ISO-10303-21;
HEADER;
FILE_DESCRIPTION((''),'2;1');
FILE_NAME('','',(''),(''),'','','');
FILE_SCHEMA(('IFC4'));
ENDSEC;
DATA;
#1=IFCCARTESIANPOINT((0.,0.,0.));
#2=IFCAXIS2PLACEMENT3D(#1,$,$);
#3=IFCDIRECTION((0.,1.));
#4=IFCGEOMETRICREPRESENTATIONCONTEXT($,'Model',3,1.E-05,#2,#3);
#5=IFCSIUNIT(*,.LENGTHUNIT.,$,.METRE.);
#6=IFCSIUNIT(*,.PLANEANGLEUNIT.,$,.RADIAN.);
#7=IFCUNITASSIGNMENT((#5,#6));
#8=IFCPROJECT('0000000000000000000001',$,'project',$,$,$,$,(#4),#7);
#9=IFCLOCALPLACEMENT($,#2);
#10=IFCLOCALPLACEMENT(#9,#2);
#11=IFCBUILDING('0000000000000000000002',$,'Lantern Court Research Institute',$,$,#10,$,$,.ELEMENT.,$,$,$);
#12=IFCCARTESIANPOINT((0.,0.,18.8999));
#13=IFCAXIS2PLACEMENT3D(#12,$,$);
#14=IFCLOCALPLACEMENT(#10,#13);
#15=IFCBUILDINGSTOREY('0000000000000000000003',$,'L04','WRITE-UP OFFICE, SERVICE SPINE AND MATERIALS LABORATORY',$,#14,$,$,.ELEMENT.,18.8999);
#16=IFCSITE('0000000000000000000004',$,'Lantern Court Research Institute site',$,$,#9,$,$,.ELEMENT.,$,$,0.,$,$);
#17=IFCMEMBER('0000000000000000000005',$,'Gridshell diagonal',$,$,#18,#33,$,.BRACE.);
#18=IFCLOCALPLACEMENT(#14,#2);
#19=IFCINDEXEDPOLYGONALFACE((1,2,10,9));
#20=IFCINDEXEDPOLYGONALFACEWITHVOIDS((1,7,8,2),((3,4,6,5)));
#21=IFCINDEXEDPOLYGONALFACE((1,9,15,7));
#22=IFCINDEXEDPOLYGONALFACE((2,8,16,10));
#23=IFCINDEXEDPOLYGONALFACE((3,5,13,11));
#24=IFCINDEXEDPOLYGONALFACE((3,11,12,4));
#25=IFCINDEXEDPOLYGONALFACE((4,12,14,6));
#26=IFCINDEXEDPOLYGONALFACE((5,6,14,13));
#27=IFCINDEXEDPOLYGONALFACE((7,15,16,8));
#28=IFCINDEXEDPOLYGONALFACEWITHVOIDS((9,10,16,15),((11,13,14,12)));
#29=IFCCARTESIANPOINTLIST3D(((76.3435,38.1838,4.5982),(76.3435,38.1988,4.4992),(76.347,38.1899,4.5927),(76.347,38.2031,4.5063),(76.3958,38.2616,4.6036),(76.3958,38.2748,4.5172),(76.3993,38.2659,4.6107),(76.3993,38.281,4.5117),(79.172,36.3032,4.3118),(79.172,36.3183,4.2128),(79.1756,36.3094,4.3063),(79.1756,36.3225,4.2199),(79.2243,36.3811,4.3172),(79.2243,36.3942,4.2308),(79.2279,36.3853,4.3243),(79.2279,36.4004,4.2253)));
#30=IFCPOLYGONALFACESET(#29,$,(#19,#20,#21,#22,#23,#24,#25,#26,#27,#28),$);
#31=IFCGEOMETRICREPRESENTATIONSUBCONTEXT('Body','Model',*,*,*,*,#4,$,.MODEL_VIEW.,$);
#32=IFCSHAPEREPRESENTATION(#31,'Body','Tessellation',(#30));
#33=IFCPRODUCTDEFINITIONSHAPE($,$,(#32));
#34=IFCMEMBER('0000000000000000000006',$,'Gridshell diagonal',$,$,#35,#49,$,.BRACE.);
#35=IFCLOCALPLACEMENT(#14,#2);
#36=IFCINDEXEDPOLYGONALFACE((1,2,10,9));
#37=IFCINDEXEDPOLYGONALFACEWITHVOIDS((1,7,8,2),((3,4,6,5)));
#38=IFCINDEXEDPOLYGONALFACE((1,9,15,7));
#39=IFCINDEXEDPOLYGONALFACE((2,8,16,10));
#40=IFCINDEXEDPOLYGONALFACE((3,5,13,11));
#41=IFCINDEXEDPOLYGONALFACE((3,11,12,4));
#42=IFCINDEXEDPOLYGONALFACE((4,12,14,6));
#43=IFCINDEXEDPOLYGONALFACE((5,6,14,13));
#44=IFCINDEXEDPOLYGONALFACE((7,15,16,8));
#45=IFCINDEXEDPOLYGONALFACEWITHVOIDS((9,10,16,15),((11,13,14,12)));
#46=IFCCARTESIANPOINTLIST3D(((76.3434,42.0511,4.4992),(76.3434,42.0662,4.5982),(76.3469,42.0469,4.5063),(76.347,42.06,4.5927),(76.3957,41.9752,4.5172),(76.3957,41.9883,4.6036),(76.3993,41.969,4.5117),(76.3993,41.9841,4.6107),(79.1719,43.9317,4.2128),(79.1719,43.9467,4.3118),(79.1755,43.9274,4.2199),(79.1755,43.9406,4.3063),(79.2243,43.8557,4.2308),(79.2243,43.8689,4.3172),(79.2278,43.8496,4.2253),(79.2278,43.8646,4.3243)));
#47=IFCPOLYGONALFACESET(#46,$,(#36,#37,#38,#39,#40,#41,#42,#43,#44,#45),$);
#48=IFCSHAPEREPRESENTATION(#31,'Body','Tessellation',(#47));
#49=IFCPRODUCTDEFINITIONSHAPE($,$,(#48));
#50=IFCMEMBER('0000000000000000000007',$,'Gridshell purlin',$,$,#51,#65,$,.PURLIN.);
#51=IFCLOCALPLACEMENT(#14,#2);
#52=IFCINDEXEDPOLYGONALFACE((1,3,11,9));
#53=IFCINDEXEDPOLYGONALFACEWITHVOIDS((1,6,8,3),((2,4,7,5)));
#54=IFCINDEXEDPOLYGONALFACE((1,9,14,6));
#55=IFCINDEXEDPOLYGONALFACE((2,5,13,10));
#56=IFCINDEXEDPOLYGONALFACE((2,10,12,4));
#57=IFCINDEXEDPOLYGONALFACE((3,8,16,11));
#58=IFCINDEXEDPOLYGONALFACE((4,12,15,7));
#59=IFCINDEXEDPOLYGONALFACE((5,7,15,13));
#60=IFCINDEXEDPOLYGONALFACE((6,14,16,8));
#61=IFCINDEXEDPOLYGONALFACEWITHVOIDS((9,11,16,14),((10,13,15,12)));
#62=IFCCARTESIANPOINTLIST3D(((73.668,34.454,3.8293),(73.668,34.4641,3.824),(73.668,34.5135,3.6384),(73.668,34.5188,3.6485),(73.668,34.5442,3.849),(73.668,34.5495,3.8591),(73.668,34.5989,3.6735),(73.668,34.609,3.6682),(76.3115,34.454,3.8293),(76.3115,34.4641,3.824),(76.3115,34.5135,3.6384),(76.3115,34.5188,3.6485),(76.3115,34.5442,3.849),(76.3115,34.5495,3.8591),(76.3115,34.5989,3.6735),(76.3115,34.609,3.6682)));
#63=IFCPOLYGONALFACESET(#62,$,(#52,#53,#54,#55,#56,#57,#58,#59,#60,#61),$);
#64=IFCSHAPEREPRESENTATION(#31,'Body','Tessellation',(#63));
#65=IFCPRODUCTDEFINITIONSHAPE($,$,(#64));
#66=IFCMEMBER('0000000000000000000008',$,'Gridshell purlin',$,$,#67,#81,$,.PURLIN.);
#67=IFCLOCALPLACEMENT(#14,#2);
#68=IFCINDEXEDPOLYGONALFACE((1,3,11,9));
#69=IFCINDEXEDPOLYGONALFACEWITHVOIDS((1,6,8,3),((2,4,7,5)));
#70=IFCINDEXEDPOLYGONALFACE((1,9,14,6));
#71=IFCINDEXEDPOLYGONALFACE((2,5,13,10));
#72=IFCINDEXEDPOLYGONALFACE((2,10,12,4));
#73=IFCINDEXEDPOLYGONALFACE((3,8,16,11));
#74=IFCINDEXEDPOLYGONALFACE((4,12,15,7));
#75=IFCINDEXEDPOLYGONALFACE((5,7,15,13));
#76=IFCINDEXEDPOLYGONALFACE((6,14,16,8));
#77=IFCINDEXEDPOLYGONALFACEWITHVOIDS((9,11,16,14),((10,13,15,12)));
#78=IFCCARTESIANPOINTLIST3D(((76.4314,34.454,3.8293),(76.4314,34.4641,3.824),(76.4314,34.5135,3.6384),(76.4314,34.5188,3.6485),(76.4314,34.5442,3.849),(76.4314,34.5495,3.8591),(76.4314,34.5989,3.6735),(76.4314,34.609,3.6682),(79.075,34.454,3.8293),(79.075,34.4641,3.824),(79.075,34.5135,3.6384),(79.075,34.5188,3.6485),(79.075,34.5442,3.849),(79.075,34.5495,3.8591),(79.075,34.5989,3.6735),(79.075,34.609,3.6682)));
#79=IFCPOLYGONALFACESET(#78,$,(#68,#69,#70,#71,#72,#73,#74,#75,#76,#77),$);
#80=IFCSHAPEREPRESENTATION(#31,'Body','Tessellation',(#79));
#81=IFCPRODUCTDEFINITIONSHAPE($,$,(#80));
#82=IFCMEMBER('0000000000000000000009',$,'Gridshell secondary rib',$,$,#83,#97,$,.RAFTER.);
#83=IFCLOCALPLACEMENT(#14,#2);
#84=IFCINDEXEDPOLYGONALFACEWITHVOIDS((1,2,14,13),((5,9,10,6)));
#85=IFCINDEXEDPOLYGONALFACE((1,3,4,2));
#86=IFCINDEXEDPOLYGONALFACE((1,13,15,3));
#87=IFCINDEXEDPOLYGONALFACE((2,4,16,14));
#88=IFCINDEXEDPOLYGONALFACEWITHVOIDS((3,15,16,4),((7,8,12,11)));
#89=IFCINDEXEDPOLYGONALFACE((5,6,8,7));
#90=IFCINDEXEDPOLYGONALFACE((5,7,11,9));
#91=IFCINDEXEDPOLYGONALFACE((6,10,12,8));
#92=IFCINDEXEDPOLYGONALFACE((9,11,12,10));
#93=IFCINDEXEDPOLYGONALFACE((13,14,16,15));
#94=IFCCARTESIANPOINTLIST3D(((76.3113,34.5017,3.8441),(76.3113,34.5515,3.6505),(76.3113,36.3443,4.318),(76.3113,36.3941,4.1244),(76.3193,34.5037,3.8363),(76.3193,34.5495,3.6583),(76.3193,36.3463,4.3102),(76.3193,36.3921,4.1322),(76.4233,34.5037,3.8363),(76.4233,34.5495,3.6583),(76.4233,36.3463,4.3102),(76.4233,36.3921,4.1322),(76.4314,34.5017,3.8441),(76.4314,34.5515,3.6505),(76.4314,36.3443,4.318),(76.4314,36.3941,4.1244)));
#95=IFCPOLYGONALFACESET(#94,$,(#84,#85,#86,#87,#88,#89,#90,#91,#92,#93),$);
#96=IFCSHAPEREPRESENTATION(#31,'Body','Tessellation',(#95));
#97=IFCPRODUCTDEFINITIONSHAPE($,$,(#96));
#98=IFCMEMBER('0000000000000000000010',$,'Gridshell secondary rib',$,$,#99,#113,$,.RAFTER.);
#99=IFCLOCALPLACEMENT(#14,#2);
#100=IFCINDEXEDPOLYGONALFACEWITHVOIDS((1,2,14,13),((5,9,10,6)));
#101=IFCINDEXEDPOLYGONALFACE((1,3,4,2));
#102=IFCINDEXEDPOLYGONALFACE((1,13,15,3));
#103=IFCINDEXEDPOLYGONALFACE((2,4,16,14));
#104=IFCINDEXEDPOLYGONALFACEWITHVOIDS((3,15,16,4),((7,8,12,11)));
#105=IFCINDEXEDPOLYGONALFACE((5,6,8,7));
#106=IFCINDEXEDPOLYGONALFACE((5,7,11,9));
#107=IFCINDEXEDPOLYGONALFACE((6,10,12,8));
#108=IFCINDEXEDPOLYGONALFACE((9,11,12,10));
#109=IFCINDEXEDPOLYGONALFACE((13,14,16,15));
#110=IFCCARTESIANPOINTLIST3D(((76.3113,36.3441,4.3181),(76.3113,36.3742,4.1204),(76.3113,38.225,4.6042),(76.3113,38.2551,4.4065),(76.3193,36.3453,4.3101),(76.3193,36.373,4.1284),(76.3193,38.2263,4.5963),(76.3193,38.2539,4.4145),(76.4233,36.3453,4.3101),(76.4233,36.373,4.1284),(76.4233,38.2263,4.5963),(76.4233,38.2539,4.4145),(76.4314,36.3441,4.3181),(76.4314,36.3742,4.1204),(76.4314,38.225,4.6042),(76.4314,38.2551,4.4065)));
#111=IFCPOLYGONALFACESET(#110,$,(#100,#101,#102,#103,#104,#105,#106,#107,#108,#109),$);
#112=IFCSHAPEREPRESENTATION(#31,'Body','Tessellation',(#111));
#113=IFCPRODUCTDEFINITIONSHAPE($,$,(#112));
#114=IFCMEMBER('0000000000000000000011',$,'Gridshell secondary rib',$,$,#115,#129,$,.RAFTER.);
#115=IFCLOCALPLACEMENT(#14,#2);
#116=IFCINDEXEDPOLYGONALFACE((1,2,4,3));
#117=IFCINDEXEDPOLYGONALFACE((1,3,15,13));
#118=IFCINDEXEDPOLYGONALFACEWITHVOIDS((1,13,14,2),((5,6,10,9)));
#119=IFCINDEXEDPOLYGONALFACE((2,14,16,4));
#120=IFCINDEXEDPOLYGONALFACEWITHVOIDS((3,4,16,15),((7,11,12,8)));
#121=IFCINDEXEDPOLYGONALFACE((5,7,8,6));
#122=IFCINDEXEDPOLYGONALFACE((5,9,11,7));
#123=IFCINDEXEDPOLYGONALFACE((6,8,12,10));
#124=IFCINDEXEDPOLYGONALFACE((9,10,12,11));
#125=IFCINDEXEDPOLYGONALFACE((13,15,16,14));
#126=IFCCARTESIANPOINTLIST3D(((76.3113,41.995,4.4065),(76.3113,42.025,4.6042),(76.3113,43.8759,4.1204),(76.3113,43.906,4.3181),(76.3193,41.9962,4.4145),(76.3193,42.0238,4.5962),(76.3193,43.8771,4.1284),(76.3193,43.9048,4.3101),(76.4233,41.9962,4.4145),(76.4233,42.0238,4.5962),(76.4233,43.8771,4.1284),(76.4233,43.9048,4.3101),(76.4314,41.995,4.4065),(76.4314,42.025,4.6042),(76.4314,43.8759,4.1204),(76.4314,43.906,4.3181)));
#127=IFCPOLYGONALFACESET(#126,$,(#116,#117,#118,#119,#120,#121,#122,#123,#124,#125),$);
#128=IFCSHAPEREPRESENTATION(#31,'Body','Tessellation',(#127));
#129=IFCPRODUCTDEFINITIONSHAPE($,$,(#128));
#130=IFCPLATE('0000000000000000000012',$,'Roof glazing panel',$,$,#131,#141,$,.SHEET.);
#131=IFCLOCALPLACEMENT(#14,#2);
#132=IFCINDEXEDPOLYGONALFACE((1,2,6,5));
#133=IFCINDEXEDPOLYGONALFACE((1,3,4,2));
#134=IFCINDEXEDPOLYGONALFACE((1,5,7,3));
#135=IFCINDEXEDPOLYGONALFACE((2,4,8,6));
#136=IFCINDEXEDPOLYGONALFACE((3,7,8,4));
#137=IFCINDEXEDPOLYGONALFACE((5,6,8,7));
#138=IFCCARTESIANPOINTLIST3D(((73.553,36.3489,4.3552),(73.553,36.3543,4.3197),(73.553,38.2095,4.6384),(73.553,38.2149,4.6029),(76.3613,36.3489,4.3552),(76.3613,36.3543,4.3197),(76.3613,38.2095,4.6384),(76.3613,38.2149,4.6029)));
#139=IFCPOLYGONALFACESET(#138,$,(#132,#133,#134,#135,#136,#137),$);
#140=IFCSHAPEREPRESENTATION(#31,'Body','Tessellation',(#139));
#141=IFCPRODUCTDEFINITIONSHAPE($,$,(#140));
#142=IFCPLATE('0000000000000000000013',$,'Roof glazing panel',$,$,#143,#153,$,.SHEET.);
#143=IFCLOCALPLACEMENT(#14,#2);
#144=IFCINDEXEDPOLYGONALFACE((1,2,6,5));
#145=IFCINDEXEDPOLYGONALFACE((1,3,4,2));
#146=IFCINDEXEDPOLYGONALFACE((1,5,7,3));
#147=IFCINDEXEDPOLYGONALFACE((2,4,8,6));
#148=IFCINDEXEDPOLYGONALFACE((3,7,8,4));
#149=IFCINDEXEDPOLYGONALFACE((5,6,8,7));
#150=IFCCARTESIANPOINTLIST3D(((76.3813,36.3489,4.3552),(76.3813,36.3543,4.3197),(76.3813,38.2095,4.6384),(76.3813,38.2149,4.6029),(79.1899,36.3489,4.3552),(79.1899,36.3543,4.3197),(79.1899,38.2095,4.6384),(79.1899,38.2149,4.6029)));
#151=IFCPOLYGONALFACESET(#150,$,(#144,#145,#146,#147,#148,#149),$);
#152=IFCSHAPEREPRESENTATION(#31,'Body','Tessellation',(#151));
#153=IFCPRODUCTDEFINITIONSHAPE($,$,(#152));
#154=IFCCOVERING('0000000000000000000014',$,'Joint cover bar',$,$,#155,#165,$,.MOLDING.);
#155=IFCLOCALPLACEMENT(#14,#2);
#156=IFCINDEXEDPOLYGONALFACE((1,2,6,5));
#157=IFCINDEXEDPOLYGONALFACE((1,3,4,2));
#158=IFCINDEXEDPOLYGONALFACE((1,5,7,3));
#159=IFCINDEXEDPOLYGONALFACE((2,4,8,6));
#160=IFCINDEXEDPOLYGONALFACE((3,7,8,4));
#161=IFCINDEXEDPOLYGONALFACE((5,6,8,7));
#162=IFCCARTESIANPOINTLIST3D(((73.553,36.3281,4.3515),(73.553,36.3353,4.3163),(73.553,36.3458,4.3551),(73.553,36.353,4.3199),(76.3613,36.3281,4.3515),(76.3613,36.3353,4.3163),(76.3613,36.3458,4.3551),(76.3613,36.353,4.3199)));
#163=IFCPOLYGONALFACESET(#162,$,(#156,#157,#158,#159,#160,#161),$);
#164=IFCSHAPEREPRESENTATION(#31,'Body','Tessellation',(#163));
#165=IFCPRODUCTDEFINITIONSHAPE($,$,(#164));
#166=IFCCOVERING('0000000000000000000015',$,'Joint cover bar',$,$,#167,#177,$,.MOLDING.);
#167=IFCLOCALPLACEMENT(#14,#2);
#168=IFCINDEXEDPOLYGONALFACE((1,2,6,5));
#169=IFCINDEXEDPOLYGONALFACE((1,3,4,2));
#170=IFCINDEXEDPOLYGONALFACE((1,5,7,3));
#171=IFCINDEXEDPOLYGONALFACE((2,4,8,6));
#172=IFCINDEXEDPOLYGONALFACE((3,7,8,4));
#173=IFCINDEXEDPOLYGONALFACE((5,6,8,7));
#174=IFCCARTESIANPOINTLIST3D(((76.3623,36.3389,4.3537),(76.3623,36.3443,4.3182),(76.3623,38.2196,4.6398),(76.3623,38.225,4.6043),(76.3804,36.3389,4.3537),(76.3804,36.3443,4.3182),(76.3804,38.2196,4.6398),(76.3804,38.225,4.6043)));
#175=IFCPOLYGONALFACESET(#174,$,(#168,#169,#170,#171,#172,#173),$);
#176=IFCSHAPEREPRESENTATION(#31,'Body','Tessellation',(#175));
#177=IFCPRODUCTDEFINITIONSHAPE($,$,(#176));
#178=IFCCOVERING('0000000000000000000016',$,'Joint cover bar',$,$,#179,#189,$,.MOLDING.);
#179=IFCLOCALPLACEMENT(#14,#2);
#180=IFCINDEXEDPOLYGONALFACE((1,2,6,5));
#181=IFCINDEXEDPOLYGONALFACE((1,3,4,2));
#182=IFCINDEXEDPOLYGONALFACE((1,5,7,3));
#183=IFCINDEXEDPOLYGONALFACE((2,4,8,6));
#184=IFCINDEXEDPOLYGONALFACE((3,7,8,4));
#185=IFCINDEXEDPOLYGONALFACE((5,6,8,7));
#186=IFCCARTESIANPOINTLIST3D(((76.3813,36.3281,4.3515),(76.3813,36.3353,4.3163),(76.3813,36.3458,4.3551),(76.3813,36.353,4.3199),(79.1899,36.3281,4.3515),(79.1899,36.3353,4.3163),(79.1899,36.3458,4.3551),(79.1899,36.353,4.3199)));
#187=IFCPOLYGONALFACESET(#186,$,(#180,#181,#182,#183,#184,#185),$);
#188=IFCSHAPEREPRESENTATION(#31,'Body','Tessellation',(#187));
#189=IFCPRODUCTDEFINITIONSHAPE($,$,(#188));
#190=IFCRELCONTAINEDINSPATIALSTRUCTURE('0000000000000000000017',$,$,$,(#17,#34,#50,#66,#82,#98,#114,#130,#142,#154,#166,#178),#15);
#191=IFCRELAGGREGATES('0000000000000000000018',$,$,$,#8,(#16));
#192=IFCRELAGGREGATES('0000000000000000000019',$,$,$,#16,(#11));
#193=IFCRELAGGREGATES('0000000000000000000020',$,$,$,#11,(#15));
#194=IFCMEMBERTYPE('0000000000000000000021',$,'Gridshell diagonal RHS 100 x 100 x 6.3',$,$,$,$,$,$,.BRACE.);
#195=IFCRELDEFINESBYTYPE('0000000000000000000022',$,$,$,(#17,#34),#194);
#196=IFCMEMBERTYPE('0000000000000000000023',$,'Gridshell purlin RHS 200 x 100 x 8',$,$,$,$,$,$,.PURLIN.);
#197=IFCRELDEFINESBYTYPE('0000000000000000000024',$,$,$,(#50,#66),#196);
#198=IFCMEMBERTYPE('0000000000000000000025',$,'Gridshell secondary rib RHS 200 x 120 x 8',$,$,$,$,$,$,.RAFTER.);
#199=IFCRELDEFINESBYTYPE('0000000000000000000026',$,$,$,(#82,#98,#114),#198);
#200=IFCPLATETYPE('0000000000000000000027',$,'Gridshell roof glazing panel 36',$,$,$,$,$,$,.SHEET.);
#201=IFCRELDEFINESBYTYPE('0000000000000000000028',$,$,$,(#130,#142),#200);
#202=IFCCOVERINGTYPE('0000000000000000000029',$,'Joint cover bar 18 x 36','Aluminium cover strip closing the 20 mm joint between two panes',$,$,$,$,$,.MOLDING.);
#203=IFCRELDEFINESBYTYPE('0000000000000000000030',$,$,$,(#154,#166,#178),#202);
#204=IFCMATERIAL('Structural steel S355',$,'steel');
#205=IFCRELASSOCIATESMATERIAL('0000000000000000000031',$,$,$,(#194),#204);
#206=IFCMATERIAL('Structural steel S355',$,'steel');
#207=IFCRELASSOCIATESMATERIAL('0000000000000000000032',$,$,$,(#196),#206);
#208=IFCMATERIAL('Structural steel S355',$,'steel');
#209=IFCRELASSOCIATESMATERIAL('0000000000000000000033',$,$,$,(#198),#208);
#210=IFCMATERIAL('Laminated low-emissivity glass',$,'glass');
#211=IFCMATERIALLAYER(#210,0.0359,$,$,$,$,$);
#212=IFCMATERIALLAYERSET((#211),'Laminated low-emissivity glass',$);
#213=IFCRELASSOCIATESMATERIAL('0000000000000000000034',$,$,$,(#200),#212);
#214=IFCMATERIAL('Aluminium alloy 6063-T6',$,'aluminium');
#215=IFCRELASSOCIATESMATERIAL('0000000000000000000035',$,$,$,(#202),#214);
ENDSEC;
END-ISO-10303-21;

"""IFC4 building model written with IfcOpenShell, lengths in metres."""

from ifc_helpers import new_model, si_unit, direction, frame, origin, origin_2d, place, context, subcontext, project, spatial, polyline, rectangle, hollow_rectangle, outline, extrude, material, layer, layer_set, material_profile, profile_set, type_object, element, save


model = new_model("IFC4")

# Units and contexts
model_context = context("Model", 3, precision=1e-05, world=origin(), true_north=direction((0.0, 1.0)))
body_context = subcontext(model_context, "Body", "Model", "MODEL_VIEW")
ifc_project = project(units=[si_unit("LENGTHUNIT", "METRE"), si_unit("PLANEANGLEUNIT", "RADIAN")], contexts=[model_context])

# Site, building, storey
site_placement = place(None, origin())
site = spatial("IfcSite", under=ifc_project, at=site_placement, Name="Lantern Court Research Institute site", CompositionType="ELEMENT", RefElevation=0.0)
building_placement = place(site_placement, origin())
building = spatial("IfcBuilding", under=site, at=building_placement, Name="Lantern Court Research Institute", CompositionType="ELEMENT")
storey_placement = place(building_placement, frame((0.0, 0.0, 18.8999)))
storey = spatial("IfcBuildingStorey", under=building, at=storey_placement, Name="L04", Description="WRITE-UP OFFICE, SERVICE SPINE AND MATERIALS LABORATORY", CompositionType="ELEMENT", Elevation=18.8999)

# Members
ifc_material_1 = material(Name="Structural steel S355", Category="steel")
ifc_material_profile_1 = material_profile(ifc_material_1, hollow_rectangle(XDim=0.1001, YDim=0.1001, WallThickness=0.0063, at=origin_2d()), Name="Gridshell diagonal RHS 100 x 100 x 6.3")
ifc_profile_set_1 = profile_set([ifc_material_profile_1], Name="Structural steel S355")
member_type_1 = type_object("IfcMemberType", Name="Gridshell diagonal RHS 100 x 100 x 6.3", PredefinedType="BRACE", material=ifc_profile_set_1)
for number, where, z_axis, x_axis, name in (
    (1, (79.2, 36.3518, 4.2686), (-0.829802, 0.551698, 0.084012), (-0.558057, -0.820354, -0.124863), "Gridshell diagonal"),
    (2, (76.3713, 42.0176, 4.5549), (0.829802, 0.551698, -0.084012), (-0.558057, 0.820354, -0.124863), "Gridshell diagonal"),
):
    element("IfcMember", number, at=place(storey_placement, frame(where, z_axis=z_axis, x_axis=x_axis)), inside=storey, type_object=member_type_1, Name=name, PredefinedType="BRACE", context=body_context, shape_type="SweptSolid", body=[
        extrude(hollow_rectangle(XDim=0.1001, YDim=0.1001, WallThickness=0.0063, at=origin_2d()), origin(), (0.0, 0.0, 1.0), 3.4087),
    ])
ifc_material_2 = material(Name="Structural steel S355", Category="steel")
ifc_material_profile_2 = material_profile(ifc_material_2, hollow_rectangle(XDim=0.1001, YDim=0.2, WallThickness=0.0081, at=origin_2d()), Name="Gridshell purlin RHS 200 x 100 x 8")
ifc_profile_set_2 = profile_set([ifc_material_profile_2], Name="Structural steel S355")
member_type_2 = type_object("IfcMemberType", Name="Gridshell purlin RHS 200 x 100 x 8", PredefinedType="PURLIN", material=ifc_profile_set_2)
for number, where, z_axis, x_axis, name in (
    (3, (73.668, 34.5315, 3.7488), (1.0, 0.0, 0.0), (0.0, 0.954713, 0.297528), "Gridshell purlin"),
    (4, (76.4314, 34.5315, 3.7488), (1.0, 0.0, 0.0), (0.0, 0.954713, 0.297528), "Gridshell purlin"),
):
    element("IfcMember", number, at=place(storey_placement, frame(where, z_axis=z_axis, x_axis=x_axis)), inside=storey, type_object=member_type_2, Name=name, PredefinedType="PURLIN", context=body_context, shape_type="SweptSolid", body=[
        extrude(hollow_rectangle(XDim=0.1001, YDim=0.2, WallThickness=0.0081, at=origin_2d()), origin(), (0.0, 0.0, 1.0), 2.6436),
    ])
ifc_material_3 = material(Name="Structural steel S355", Category="steel")
ifc_material_profile_3 = material_profile(ifc_material_3, hollow_rectangle(XDim=0.1201, YDim=0.2, WallThickness=0.0081, at=origin_2d()), Name="Gridshell secondary rib RHS 200 x 120 x 8")
ifc_profile_set_3 = profile_set([ifc_material_profile_3], Name="Structural steel S355")
member_type_3 = type_object("IfcMemberType", Name="Gridshell secondary rib RHS 200 x 120 x 8", PredefinedType="RAFTER", material=ifc_profile_set_3)
for number, where, z_axis, x_axis, name in (
    (5, (76.3713, 34.5266, 3.7473), (0.0, 0.968482, 0.249082), (-1.0, 0.0, 0.0), "Gridshell secondary rib"),
    (6, (76.3713, 36.3591, 4.2192), (0.0, 0.988625, 0.150398), (-1.0, 0.0, 0.0), "Gridshell secondary rib"),
    (7, (76.3713, 42.01, 4.5054), (0.0, 0.988625, -0.150398), (-1.0, 0.0, 0.0), "Gridshell secondary rib"),
):
    element("IfcMember", number, at=place(storey_placement, frame(where, z_axis=z_axis, x_axis=x_axis)), inside=storey, type_object=member_type_3, Name=name, PredefinedType="RAFTER", context=body_context, shape_type="SweptSolid", body=[
        extrude(hollow_rectangle(XDim=0.1201, YDim=0.2, WallThickness=0.0081, at=origin_2d()), origin(), (0.0, 0.0, 1.0), 1.9026),
    ])

# Plates
ifc_material_4 = material(Name="Laminated low-emissivity glass", Category="glass")
ifc_layer = layer(ifc_material_4, 0.0359)
ifc_layer_set = layer_set([ifc_layer], Name="Laminated low-emissivity glass")
plate_type = type_object("IfcPlateType", Name="Gridshell roof glazing panel 36", PredefinedType="SHEET", material=ifc_layer_set)
plate_1_placement = place(storey_placement, frame((76.3613, 36.3489, 4.3552), z_axis=(0.0, -0.150478, 0.988613), x_axis=(-1.0, 0.0, 0.0)))
element("IfcPlate", 8, at=plate_1_placement, inside=storey, type_object=plate_type, Name="Roof glazing panel", PredefinedType="SHEET", context=body_context, shape_type="SweptSolid", body=[
    extrude(outline(polyline([(0.0, 0.0), (2.8083, 0.0), (2.8083, -1.882), (0.0, -1.882), (0.0, 0.0)])), origin(), (0.0, 0.0, -1.0), 0.0359),
])
plate_2_placement = place(storey_placement, frame((79.1899, 36.3489, 4.3552), z_axis=(0.0, -0.150478, 0.988613), x_axis=(-1.0, 0.0, 0.0)))
element("IfcPlate", 9, at=plate_2_placement, inside=storey, type_object=plate_type, Name="Roof glazing panel", PredefinedType="SHEET", context=body_context, shape_type="SweptSolid", body=[
    extrude(outline(polyline([(0.0, 0.0), (2.8086, 0.0), (2.8086, -1.882), (0.0, -1.882), (0.0, 0.0)])), origin(), (0.0, 0.0, -1.0), 0.0359),
])

# Coverings
ifc_material_5 = material(Name="Aluminium alloy 6063-T6", Category="aluminium")
ifc_material_profile_4 = material_profile(ifc_material_5, rectangle(XDim=0.0181, YDim=0.0359, at=origin_2d()), Name="Joint cover bar 18 x 36")
ifc_profile_set_4 = profile_set([ifc_material_profile_4], Name="Aluminium alloy 6063-T6")
covering_type = type_object("IfcCoveringType", Name="Joint cover bar 18 x 36", Description="Aluminium cover strip closing the 20 mm joint between two panes", PredefinedType="MOLDING", material=ifc_profile_set_4)
covering_1_placement = place(storey_placement, frame((73.553, 36.3406, 4.3357), z_axis=(1.0, 0.0, 0.0), x_axis=(0.0, 0.979787, 0.200043)))
element("IfcCovering", 10, at=covering_1_placement, inside=storey, type_object=covering_type, Name="Joint cover bar", PredefinedType="MOLDING", context=body_context, shape_type="SweptSolid", body=[
    extrude(rectangle(XDim=0.0181, YDim=0.0359, at=origin_2d()), origin(), (0.0, 0.0, 1.0), 2.8083),
])
covering_2_placement = place(storey_placement, frame((76.3713, 36.3416, 4.3359), z_axis=(0.0, 0.988623, 0.150417), x_axis=(-1.0, 0.0, 0.0)))
element("IfcCovering", 11, at=covering_2_placement, inside=storey, type_object=covering_type, Name="Joint cover bar", PredefinedType="MOLDING", context=body_context, shape_type="SweptSolid", body=[
    extrude(rectangle(XDim=0.0181, YDim=0.0359, at=origin_2d()), origin(), (0.0, 0.0, 1.0), 1.9023),
])
covering_3_placement = place(storey_placement, frame((76.3813, 36.3406, 4.3357), z_axis=(1.0, 0.0, 0.0), x_axis=(0.0, 0.979787, 0.200043)))
element("IfcCovering", 12, at=covering_3_placement, inside=storey, type_object=covering_type, Name="Joint cover bar", PredefinedType="MOLDING", context=body_context, shape_type="SweptSolid", body=[
    extrude(rectangle(XDim=0.0181, YDim=0.0359, at=origin_2d()), origin(), (0.0, 0.0, 1.0), 2.8086),
])

save(model, "model.ifc")
